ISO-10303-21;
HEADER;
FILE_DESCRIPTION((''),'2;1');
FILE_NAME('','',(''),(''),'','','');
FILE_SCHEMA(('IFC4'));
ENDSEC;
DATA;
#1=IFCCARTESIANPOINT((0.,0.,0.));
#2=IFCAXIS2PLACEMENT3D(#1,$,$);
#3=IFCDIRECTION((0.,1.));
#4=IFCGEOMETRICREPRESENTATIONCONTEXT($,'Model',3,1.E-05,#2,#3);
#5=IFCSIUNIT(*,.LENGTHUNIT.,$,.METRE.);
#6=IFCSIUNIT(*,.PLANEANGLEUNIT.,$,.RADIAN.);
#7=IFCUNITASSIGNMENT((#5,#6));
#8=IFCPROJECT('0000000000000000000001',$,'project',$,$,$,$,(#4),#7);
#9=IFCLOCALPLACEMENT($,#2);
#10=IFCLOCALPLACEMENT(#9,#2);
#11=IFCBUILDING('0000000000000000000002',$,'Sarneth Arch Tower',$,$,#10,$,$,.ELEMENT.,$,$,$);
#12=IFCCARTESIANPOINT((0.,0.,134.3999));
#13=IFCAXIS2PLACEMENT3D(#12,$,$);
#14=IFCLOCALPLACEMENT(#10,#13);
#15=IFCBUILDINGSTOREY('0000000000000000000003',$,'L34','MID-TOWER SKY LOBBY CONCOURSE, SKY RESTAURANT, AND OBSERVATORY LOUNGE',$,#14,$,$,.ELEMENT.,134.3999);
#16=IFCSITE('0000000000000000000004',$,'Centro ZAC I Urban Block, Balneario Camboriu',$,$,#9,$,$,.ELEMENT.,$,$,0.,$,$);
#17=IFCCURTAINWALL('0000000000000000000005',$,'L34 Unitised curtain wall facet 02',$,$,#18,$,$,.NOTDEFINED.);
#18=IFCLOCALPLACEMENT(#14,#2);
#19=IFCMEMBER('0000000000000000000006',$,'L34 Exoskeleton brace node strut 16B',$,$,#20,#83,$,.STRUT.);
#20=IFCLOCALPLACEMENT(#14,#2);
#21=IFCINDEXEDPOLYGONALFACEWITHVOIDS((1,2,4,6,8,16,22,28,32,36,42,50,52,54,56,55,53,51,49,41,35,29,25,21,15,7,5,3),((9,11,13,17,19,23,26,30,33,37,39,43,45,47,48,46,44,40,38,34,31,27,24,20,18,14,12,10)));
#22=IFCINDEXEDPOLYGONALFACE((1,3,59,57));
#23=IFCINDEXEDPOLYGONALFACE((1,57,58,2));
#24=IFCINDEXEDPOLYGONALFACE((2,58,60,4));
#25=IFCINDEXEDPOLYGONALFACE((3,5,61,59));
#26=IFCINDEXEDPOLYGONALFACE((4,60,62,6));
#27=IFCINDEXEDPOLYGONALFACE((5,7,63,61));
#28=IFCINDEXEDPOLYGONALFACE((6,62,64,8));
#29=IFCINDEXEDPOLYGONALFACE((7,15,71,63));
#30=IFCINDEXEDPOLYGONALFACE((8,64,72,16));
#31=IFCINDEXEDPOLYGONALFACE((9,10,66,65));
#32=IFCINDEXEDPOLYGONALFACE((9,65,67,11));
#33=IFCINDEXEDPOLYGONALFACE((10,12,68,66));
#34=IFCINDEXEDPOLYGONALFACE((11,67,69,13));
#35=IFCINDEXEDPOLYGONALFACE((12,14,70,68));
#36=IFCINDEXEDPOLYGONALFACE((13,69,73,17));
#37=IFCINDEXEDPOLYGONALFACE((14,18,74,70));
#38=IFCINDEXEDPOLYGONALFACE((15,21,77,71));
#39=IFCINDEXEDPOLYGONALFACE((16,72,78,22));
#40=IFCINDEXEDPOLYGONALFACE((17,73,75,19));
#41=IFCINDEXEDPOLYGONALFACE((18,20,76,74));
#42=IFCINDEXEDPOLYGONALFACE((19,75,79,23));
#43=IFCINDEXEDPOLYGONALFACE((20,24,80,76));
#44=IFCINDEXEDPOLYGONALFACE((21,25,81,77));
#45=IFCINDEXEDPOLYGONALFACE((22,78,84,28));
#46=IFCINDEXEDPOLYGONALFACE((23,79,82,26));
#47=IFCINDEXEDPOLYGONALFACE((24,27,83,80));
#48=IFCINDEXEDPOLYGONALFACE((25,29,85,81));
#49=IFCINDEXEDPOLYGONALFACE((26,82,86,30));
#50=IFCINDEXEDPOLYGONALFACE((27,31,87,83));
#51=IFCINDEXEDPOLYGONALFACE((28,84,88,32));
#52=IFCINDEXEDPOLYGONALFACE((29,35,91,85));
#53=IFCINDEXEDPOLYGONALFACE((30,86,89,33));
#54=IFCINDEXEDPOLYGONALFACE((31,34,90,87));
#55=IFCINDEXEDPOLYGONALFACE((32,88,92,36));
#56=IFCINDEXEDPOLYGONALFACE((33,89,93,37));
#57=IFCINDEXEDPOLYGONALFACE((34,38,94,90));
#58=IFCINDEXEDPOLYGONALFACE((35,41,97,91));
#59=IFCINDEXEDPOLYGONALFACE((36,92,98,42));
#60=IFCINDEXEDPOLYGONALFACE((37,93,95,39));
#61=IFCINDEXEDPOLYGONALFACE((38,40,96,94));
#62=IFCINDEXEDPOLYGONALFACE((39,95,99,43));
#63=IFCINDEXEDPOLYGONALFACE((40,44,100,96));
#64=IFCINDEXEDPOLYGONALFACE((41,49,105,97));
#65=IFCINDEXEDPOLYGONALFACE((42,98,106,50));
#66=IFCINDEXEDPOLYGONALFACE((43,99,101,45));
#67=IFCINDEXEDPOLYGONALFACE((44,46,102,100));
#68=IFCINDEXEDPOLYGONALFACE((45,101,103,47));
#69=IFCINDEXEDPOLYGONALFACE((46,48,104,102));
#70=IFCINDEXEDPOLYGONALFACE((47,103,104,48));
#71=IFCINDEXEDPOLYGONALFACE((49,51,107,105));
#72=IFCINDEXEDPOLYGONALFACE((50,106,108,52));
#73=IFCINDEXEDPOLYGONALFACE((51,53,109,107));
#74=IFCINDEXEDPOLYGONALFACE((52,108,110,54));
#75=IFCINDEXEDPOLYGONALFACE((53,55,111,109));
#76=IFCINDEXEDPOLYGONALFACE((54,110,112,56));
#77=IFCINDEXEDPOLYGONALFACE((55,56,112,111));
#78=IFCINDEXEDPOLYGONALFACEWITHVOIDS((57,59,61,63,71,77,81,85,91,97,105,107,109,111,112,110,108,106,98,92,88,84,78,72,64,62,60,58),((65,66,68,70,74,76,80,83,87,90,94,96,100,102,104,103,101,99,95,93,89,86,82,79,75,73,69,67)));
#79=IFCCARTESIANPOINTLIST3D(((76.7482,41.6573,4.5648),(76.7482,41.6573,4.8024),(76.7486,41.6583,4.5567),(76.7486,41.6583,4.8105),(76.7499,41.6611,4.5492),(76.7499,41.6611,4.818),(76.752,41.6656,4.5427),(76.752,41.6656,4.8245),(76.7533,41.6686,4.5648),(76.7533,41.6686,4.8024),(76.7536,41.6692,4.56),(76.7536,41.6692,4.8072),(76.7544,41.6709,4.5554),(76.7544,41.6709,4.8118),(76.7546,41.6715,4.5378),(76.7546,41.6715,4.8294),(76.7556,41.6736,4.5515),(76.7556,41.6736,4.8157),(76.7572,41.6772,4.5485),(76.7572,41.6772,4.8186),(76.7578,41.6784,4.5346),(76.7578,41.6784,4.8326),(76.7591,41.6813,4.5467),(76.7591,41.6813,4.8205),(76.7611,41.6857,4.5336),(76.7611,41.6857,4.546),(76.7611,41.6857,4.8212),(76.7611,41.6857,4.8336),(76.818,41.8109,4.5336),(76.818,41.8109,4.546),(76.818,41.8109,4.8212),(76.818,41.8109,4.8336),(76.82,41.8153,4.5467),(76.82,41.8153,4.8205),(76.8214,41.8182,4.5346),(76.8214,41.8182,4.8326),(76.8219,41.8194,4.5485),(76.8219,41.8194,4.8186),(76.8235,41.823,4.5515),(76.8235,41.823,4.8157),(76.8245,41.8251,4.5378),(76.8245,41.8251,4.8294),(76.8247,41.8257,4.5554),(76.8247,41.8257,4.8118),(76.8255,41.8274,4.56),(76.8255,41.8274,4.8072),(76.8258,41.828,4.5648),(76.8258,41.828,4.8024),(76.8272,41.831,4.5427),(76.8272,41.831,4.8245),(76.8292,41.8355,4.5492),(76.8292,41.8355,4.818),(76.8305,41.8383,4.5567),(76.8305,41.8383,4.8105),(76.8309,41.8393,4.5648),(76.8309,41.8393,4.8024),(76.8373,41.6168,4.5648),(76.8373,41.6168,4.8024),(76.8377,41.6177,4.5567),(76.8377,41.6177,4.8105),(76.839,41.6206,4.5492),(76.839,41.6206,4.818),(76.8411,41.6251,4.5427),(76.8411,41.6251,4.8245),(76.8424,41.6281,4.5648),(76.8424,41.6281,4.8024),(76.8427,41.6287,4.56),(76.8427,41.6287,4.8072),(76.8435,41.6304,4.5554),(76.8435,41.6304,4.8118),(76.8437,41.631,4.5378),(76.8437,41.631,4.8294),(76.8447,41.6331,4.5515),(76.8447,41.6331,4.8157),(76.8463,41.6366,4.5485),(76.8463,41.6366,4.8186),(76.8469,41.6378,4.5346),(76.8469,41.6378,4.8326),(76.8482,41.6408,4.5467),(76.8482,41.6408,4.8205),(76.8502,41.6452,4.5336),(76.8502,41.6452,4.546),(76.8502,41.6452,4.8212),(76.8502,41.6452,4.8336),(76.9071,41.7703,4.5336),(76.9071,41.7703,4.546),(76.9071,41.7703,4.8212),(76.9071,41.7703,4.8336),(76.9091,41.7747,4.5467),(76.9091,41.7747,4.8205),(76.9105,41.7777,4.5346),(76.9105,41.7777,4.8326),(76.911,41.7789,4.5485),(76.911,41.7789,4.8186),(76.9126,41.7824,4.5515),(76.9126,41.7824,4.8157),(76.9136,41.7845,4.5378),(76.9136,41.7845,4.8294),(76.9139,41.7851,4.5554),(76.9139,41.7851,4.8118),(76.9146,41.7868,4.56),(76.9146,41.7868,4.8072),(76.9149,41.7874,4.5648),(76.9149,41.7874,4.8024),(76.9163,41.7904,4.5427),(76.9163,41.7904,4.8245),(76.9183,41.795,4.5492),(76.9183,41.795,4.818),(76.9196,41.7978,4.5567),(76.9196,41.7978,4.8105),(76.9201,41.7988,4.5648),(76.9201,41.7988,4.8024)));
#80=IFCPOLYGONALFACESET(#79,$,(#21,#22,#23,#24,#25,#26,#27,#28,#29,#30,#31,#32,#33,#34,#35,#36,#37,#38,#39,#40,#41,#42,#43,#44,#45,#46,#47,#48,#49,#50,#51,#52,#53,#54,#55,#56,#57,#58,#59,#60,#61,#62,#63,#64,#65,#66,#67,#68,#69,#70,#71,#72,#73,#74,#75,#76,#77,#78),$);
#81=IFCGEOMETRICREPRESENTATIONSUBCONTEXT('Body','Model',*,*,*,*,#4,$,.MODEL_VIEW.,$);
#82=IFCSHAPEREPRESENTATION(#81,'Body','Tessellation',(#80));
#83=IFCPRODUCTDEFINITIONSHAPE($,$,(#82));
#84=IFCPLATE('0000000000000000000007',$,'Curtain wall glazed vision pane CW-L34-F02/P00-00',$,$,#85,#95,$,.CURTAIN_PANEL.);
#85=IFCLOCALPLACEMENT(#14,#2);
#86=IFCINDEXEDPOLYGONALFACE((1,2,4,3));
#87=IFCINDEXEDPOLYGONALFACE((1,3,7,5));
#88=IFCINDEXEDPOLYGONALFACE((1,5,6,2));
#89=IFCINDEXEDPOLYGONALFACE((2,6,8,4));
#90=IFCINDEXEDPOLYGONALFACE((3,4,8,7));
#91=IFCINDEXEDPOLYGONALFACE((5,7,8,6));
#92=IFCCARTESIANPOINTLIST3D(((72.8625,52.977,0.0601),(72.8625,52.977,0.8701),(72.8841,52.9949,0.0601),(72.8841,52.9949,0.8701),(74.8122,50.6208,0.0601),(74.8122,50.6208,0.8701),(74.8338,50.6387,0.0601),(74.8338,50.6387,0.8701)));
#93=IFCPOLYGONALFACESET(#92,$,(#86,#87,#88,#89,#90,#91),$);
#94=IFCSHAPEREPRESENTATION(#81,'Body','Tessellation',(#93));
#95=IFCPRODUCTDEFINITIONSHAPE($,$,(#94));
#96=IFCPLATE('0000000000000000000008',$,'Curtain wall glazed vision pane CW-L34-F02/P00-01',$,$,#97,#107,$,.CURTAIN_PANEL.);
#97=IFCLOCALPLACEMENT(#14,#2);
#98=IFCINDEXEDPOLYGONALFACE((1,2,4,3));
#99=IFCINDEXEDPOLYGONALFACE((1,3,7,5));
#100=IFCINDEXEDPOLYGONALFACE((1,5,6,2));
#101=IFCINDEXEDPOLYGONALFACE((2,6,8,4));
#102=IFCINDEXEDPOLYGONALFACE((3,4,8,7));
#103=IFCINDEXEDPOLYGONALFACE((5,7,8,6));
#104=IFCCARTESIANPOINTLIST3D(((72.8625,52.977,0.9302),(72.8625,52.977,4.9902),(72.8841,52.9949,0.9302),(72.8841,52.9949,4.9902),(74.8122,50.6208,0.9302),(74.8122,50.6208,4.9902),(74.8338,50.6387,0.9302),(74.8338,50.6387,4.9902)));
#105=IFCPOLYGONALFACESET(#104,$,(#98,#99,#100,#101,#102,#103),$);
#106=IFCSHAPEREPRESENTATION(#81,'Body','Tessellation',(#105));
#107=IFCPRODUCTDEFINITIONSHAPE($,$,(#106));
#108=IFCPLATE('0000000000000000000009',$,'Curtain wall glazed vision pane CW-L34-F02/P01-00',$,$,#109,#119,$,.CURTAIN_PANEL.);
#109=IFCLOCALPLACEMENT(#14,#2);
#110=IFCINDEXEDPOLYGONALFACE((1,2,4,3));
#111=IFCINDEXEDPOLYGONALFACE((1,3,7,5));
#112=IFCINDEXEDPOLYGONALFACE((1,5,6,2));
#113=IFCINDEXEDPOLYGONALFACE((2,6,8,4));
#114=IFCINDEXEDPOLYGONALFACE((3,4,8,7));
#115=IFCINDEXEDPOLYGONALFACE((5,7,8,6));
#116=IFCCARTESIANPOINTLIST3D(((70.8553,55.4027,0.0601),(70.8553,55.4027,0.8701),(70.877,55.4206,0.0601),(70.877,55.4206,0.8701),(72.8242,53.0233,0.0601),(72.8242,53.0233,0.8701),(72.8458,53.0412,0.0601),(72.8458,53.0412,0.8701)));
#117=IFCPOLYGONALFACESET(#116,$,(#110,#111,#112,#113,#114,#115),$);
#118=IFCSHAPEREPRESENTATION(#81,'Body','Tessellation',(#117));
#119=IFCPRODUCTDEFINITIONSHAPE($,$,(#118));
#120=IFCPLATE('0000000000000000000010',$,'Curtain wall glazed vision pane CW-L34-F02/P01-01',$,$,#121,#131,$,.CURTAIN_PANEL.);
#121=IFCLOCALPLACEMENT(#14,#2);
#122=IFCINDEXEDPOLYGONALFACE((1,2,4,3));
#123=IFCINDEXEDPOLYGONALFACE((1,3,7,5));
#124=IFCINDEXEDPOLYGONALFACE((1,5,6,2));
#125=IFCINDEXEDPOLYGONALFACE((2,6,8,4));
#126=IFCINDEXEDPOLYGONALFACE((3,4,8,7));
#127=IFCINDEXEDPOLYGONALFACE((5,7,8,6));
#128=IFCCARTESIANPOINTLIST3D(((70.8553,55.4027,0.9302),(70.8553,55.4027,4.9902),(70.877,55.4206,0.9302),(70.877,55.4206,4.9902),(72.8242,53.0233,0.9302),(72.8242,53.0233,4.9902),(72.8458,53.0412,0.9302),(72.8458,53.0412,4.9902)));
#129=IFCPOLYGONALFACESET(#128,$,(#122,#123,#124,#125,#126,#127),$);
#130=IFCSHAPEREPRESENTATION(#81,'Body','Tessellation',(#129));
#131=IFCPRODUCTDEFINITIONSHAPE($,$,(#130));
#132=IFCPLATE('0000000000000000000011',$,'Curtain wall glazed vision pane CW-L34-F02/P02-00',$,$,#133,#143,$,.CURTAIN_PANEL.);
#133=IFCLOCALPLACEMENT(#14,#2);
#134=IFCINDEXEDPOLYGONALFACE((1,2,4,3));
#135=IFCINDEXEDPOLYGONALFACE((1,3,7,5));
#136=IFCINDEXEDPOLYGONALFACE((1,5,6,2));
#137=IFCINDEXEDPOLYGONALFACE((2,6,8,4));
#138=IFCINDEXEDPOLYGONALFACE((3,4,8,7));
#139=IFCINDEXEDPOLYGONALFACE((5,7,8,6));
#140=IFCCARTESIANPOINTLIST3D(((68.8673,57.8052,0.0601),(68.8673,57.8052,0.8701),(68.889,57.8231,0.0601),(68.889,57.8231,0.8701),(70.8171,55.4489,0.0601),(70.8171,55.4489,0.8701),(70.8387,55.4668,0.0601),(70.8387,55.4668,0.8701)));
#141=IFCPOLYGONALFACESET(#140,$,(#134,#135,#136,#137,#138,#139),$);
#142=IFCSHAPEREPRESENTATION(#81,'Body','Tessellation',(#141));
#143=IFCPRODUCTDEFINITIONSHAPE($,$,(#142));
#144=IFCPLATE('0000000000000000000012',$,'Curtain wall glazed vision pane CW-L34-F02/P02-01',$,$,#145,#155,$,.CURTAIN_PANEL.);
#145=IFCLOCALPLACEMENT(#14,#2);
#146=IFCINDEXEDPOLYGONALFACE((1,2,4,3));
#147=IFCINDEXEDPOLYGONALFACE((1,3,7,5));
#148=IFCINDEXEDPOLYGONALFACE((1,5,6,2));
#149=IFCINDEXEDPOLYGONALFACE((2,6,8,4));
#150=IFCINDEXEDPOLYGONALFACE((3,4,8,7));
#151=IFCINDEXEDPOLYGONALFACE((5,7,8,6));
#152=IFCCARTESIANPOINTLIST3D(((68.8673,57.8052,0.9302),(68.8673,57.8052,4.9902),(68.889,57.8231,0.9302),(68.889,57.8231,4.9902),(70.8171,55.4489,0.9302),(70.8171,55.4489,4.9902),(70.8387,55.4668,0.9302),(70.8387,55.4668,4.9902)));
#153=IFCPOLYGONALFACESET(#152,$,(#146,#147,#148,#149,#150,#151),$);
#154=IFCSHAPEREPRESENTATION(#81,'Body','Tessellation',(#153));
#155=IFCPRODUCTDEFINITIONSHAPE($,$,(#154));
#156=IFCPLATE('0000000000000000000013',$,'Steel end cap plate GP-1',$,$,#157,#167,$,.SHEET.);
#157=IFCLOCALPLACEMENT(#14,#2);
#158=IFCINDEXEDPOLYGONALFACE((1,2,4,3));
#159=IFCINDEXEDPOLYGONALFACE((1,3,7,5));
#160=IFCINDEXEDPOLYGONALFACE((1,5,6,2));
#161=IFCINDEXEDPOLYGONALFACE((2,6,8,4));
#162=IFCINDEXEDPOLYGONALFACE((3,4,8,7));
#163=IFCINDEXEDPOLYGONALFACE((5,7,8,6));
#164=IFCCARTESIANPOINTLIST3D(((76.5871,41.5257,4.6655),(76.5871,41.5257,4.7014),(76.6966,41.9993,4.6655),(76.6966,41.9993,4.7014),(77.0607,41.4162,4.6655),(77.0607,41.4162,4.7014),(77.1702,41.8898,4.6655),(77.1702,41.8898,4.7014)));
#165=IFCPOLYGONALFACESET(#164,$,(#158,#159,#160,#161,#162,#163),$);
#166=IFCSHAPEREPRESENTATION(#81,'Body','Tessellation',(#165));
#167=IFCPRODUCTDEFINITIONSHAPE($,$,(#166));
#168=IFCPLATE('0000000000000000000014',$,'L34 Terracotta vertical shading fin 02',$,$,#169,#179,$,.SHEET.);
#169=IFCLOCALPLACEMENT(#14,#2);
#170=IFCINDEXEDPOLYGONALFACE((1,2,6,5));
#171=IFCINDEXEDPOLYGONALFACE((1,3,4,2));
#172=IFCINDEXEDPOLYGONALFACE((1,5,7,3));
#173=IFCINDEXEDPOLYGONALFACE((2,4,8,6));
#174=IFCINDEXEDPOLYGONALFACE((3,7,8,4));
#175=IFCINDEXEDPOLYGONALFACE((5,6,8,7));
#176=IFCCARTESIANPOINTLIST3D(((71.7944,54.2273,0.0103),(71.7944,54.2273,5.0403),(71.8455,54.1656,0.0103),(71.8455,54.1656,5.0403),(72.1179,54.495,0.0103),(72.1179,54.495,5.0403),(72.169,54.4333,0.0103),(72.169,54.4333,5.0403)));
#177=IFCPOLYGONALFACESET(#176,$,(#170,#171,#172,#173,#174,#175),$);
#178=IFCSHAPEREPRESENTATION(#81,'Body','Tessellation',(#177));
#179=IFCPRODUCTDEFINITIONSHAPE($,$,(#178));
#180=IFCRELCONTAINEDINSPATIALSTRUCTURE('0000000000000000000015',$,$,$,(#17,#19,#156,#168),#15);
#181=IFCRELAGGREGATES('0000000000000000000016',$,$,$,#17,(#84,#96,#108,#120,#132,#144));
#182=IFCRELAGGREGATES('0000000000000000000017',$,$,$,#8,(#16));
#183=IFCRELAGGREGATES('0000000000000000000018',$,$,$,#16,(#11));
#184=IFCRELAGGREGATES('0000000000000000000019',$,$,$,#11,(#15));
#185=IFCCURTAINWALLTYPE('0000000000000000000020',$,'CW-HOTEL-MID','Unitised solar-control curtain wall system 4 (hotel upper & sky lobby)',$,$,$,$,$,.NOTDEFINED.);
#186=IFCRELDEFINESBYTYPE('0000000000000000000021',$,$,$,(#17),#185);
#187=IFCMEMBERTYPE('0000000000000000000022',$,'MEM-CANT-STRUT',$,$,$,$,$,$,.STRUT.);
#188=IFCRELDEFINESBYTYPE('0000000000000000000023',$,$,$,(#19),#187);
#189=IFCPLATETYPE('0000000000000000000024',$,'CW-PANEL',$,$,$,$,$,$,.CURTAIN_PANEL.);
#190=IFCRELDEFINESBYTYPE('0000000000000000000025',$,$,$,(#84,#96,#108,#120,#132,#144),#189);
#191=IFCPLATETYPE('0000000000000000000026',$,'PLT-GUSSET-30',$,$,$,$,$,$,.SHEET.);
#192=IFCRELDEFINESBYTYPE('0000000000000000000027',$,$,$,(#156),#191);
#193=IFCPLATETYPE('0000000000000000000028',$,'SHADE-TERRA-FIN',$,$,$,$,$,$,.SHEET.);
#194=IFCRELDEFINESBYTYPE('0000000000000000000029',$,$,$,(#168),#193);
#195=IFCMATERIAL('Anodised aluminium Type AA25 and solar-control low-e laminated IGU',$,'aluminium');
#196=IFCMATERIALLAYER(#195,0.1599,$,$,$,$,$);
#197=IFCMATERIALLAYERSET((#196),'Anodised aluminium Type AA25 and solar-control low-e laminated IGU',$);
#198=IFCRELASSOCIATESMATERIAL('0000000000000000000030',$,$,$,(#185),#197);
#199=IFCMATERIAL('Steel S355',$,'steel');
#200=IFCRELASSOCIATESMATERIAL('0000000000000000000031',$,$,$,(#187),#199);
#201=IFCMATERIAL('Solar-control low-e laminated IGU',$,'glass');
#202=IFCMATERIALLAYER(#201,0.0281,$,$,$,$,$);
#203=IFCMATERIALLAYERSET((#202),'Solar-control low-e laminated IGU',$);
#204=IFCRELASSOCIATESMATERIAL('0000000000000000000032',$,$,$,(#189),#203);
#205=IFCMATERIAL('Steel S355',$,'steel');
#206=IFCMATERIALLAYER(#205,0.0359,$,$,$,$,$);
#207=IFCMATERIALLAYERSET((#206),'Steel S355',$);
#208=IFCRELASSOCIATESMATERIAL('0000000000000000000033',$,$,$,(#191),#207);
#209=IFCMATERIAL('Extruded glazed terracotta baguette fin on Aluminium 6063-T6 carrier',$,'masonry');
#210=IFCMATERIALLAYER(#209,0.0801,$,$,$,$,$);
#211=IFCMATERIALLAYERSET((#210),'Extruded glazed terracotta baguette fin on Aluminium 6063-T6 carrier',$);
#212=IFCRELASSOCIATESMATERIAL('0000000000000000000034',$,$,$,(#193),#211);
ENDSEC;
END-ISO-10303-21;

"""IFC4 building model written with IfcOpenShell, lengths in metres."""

from ifc_helpers import new_model, si_unit, direction, frame, origin, origin_2d, place, context, subcontext, project, spatial, rectangle, hollow_rectangle, extrude, material, layer, layer_set, material_profile, profile_set, type_object, element, aggregate, save


model = new_model("IFC4")

# Units and contexts
model_context = context("Model", 3, precision=1e-05, world=origin(), true_north=direction((0.0, 1.0)))
body_context = subcontext(model_context, "Body", "Model", "MODEL_VIEW")
ifc_project = project(units=[si_unit("LENGTHUNIT", "METRE"), si_unit("PLANEANGLEUNIT", "RADIAN")], contexts=[model_context])

# Site, building, storey
site_placement = place(None, origin())
site = spatial("IfcSite", under=ifc_project, at=site_placement, Name="Centro ZAC I Urban Block, Balneario Camboriu", CompositionType="ELEMENT", RefElevation=0.0)
building_placement = place(site_placement, origin())
building = spatial("IfcBuilding", under=site, at=building_placement, Name="Sarneth Arch Tower", CompositionType="ELEMENT")
storey_placement = place(building_placement, frame((0.0, 0.0, 134.3999)))
storey = spatial("IfcBuildingStorey", under=building, at=storey_placement, Name="L34", Description="MID-TOWER SKY LOBBY CONCOURSE, SKY RESTAURANT, AND OBSERVATORY LOUNGE", CompositionType="ELEMENT", Elevation=134.3999)

# Curtain wall
ifc_material_1 = material(Name="Anodised aluminium Type AA25 and solar-control low-e laminated IGU", Category="aluminium")
ifc_layer_1 = layer(ifc_material_1, 0.1599)
ifc_layer_set_1 = layer_set([ifc_layer_1], Name="Anodised aluminium Type AA25 and solar-control low-e laminated IGU")
curtain_wall_type = type_object("IfcCurtainWallType", Name="CW-HOTEL-MID", Description="Unitised solar-control curtain wall system 4 (hotel upper & sky lobby)", PredefinedType="NOTDEFINED", material=ifc_layer_set_1)
curtain_wall_placement = place(storey_placement, origin())
curtain_wall = element("IfcCurtainWall", 1, at=curtain_wall_placement, inside=storey, type_object=curtain_wall_type, Name="L34 Unitised curtain wall facet 02", PredefinedType="NOTDEFINED")

# Member
ifc_material_2 = material(Name="Steel S355", Category="steel")
ifc_material_profile_1 = material_profile(ifc_material_2, hollow_rectangle(XDim=0.2, YDim=0.3, WallThickness=0.0125, InnerFilletRadius=0.0188, OuterFilletRadius=0.0312, at=origin_2d()), Name="RHS300x200x12.5")
ifc_profile_set_1 = profile_set([ifc_material_profile_1], Name="Steel S355")
member_type_1 = type_object("IfcMemberType", Name="MEM-CANT-STRUT", PredefinedType="STRUT", material=ifc_profile_set_1)
member_1_placement = place(storey_placement, frame((76.7896, 41.7483, 4.6836), z_axis=(0.910281, -0.413991, 0.0), x_axis=(0.413991, 0.910281, 0.0)))
element("IfcMember", 2, at=member_1_placement, inside=storey, type_object=member_type_1, Name="L34 Exoskeleton brace node strut 16B", PredefinedType="STRUT", context=body_context, shape_type="SweptSolid", body=[
    extrude(hollow_rectangle(XDim=0.2, YDim=0.3, WallThickness=0.0125, InnerFilletRadius=0.0188, OuterFilletRadius=0.0312, at=origin_2d()), origin(), (0.0, 0.0, 1.0), 0.0979),
])

# Plates
ifc_material_3 = material(Name="Solar-control low-e laminated IGU", Category="glass")
ifc_layer_2 = layer(ifc_material_3, 0.0281)
ifc_layer_set_2 = layer_set([ifc_layer_2], Name="Solar-control low-e laminated IGU")
plate_type_1 = type_object("IfcPlateType", Name="CW-PANEL", PredefinedType="CURTAIN_PANEL", material=ifc_layer_set_2)
plate_1_placement = place(storey_placement, frame((73.8481, 51.8079, 0.0601), z_axis=(0.0, 0.0, 1.0), x_axis=(-0.637515, 0.770438, 0.0)))
plate_1 = element("IfcPlate", 3, at=plate_1_placement, type_object=plate_type_1, Name="Curtain wall glazed vision pane CW-L34-F02/P00-00", PredefinedType="CURTAIN_PANEL", context=body_context, shape_type="SweptSolid", body=[
    extrude(rectangle(XDim=3.0583, YDim=0.0281, at=origin_2d()), origin(), (0.0, 0.0, 1.0), 0.8101),
])
plate_2_placement = place(storey_placement, frame((73.8481, 51.8079, 0.9302), z_axis=(0.0, 0.0, 1.0), x_axis=(-0.637515, 0.770438, 0.0)))
plate_2 = element("IfcPlate", 4, at=plate_2_placement, type_object=plate_type_1, Name="Curtain wall glazed vision pane CW-L34-F02/P00-01", PredefinedType="CURTAIN_PANEL", context=body_context, shape_type="SweptSolid", body=[
    extrude(rectangle(XDim=3.0583, YDim=0.0281, at=origin_2d()), origin(), (0.0, 0.0, 1.0), 4.0601),
])
plate_3_placement = place(storey_placement, frame((71.8506, 54.2219, 0.0601), z_axis=(0.0, 0.0, 1.0), x_axis=(-0.637515, 0.770438, 0.0)))
plate_3 = element("IfcPlate", 5, at=plate_3_placement, type_object=plate_type_1, Name="Curtain wall glazed vision pane CW-L34-F02/P01-00", PredefinedType="CURTAIN_PANEL", context=body_context, shape_type="SweptSolid", body=[
    extrude(rectangle(XDim=3.0884, YDim=0.0281, at=origin_2d()), origin(), (0.0, 0.0, 1.0), 0.8101),
])
plate_4_placement = place(storey_placement, frame((71.8506, 54.2219, 0.9302), z_axis=(0.0, 0.0, 1.0), x_axis=(-0.637515, 0.770438, 0.0)))
plate_4 = element("IfcPlate", 6, at=plate_4_placement, type_object=plate_type_1, Name="Curtain wall glazed vision pane CW-L34-F02/P01-01", PredefinedType="CURTAIN_PANEL", context=body_context, shape_type="SweptSolid", body=[
    extrude(rectangle(XDim=3.0884, YDim=0.0281, at=origin_2d()), origin(), (0.0, 0.0, 1.0), 4.0601),
])
plate_5_placement = place(storey_placement, frame((69.853, 56.636, 0.0601), z_axis=(0.0, 0.0, 1.0), x_axis=(-0.637515, 0.770438, 0.0)))
plate_5 = element("IfcPlate", 7, at=plate_5_placement, type_object=plate_type_1, Name="Curtain wall glazed vision pane CW-L34-F02/P02-00", PredefinedType="CURTAIN_PANEL", context=body_context, shape_type="SweptSolid", body=[
    extrude(rectangle(XDim=3.0583, YDim=0.0281, at=origin_2d()), origin(), (0.0, 0.0, 1.0), 0.8101),
])
plate_6_placement = place(storey_placement, frame((69.853, 56.636, 0.9302), z_axis=(0.0, 0.0, 1.0), x_axis=(-0.637515, 0.770438, 0.0)))
plate_6 = element("IfcPlate", 8, at=plate_6_placement, type_object=plate_type_1, Name="Curtain wall glazed vision pane CW-L34-F02/P02-01", PredefinedType="CURTAIN_PANEL", context=body_context, shape_type="SweptSolid", body=[
    extrude(rectangle(XDim=3.0583, YDim=0.0281, at=origin_2d()), origin(), (0.0, 0.0, 1.0), 4.0601),
])
aggregate(curtain_wall, [plate_1, plate_2, plate_3, plate_4, plate_5, plate_6])

# Plates
ifc_material_4 = material(Name="Steel S355", Category="steel")
ifc_layer_3 = layer(ifc_material_4, 0.0359)
ifc_layer_set_3 = layer_set([ifc_layer_3], Name="Steel S355")
plate_type_2 = type_object("IfcPlateType", Name="PLT-GUSSET-30", PredefinedType="SHEET", material=ifc_layer_set_3)
plate_7_placement = place(storey_placement, frame((76.8787, 41.7078, 4.6655), z_axis=(0.0, 0.0, 1.0), x_axis=(0.225291, 0.974291, 0.0)))
element("IfcPlate", 9, at=plate_7_placement, inside=storey, type_object=plate_type_2, Name="Steel end cap plate GP-1", PredefinedType="SHEET", context=body_context, shape_type="SweptSolid", body=[
    extrude(rectangle(XDim=0.4861, YDim=0.4861, at=origin_2d()), origin(), (0.0, 0.0, 1.0), 0.0359),
])
ifc_material_5 = material(Name="Extruded glazed terracotta baguette fin on Aluminium 6063-T6 carrier", Category="masonry")
ifc_layer_4 = layer(ifc_material_5, 0.0801)
ifc_layer_set_4 = layer_set([ifc_layer_4], Name="Extruded glazed terracotta baguette fin on Aluminium 6063-T6 carrier")
plate_type_3 = type_object("IfcPlateType", Name="SHADE-TERRA-FIN", PredefinedType="SHEET", material=ifc_layer_set_4)
plate_8_placement = place(storey_placement, frame((71.9817, 54.3303, 0.0103), z_axis=(0.0, 0.0, 1.0), x_axis=(0.770402, 0.637558, 0.0)))
element("IfcPlate", 10, at=plate_8_placement, inside=storey, type_object=plate_type_3, Name="L34 Terracotta vertical shading fin 02", PredefinedType="SHEET", context=body_context, shape_type="SweptSolid", body=[
    extrude(rectangle(XDim=0.4199, YDim=0.0801, at=origin_2d()), origin(), (0.0, 0.0, 1.0), 5.03),
])

save(model, "model.ifc")
